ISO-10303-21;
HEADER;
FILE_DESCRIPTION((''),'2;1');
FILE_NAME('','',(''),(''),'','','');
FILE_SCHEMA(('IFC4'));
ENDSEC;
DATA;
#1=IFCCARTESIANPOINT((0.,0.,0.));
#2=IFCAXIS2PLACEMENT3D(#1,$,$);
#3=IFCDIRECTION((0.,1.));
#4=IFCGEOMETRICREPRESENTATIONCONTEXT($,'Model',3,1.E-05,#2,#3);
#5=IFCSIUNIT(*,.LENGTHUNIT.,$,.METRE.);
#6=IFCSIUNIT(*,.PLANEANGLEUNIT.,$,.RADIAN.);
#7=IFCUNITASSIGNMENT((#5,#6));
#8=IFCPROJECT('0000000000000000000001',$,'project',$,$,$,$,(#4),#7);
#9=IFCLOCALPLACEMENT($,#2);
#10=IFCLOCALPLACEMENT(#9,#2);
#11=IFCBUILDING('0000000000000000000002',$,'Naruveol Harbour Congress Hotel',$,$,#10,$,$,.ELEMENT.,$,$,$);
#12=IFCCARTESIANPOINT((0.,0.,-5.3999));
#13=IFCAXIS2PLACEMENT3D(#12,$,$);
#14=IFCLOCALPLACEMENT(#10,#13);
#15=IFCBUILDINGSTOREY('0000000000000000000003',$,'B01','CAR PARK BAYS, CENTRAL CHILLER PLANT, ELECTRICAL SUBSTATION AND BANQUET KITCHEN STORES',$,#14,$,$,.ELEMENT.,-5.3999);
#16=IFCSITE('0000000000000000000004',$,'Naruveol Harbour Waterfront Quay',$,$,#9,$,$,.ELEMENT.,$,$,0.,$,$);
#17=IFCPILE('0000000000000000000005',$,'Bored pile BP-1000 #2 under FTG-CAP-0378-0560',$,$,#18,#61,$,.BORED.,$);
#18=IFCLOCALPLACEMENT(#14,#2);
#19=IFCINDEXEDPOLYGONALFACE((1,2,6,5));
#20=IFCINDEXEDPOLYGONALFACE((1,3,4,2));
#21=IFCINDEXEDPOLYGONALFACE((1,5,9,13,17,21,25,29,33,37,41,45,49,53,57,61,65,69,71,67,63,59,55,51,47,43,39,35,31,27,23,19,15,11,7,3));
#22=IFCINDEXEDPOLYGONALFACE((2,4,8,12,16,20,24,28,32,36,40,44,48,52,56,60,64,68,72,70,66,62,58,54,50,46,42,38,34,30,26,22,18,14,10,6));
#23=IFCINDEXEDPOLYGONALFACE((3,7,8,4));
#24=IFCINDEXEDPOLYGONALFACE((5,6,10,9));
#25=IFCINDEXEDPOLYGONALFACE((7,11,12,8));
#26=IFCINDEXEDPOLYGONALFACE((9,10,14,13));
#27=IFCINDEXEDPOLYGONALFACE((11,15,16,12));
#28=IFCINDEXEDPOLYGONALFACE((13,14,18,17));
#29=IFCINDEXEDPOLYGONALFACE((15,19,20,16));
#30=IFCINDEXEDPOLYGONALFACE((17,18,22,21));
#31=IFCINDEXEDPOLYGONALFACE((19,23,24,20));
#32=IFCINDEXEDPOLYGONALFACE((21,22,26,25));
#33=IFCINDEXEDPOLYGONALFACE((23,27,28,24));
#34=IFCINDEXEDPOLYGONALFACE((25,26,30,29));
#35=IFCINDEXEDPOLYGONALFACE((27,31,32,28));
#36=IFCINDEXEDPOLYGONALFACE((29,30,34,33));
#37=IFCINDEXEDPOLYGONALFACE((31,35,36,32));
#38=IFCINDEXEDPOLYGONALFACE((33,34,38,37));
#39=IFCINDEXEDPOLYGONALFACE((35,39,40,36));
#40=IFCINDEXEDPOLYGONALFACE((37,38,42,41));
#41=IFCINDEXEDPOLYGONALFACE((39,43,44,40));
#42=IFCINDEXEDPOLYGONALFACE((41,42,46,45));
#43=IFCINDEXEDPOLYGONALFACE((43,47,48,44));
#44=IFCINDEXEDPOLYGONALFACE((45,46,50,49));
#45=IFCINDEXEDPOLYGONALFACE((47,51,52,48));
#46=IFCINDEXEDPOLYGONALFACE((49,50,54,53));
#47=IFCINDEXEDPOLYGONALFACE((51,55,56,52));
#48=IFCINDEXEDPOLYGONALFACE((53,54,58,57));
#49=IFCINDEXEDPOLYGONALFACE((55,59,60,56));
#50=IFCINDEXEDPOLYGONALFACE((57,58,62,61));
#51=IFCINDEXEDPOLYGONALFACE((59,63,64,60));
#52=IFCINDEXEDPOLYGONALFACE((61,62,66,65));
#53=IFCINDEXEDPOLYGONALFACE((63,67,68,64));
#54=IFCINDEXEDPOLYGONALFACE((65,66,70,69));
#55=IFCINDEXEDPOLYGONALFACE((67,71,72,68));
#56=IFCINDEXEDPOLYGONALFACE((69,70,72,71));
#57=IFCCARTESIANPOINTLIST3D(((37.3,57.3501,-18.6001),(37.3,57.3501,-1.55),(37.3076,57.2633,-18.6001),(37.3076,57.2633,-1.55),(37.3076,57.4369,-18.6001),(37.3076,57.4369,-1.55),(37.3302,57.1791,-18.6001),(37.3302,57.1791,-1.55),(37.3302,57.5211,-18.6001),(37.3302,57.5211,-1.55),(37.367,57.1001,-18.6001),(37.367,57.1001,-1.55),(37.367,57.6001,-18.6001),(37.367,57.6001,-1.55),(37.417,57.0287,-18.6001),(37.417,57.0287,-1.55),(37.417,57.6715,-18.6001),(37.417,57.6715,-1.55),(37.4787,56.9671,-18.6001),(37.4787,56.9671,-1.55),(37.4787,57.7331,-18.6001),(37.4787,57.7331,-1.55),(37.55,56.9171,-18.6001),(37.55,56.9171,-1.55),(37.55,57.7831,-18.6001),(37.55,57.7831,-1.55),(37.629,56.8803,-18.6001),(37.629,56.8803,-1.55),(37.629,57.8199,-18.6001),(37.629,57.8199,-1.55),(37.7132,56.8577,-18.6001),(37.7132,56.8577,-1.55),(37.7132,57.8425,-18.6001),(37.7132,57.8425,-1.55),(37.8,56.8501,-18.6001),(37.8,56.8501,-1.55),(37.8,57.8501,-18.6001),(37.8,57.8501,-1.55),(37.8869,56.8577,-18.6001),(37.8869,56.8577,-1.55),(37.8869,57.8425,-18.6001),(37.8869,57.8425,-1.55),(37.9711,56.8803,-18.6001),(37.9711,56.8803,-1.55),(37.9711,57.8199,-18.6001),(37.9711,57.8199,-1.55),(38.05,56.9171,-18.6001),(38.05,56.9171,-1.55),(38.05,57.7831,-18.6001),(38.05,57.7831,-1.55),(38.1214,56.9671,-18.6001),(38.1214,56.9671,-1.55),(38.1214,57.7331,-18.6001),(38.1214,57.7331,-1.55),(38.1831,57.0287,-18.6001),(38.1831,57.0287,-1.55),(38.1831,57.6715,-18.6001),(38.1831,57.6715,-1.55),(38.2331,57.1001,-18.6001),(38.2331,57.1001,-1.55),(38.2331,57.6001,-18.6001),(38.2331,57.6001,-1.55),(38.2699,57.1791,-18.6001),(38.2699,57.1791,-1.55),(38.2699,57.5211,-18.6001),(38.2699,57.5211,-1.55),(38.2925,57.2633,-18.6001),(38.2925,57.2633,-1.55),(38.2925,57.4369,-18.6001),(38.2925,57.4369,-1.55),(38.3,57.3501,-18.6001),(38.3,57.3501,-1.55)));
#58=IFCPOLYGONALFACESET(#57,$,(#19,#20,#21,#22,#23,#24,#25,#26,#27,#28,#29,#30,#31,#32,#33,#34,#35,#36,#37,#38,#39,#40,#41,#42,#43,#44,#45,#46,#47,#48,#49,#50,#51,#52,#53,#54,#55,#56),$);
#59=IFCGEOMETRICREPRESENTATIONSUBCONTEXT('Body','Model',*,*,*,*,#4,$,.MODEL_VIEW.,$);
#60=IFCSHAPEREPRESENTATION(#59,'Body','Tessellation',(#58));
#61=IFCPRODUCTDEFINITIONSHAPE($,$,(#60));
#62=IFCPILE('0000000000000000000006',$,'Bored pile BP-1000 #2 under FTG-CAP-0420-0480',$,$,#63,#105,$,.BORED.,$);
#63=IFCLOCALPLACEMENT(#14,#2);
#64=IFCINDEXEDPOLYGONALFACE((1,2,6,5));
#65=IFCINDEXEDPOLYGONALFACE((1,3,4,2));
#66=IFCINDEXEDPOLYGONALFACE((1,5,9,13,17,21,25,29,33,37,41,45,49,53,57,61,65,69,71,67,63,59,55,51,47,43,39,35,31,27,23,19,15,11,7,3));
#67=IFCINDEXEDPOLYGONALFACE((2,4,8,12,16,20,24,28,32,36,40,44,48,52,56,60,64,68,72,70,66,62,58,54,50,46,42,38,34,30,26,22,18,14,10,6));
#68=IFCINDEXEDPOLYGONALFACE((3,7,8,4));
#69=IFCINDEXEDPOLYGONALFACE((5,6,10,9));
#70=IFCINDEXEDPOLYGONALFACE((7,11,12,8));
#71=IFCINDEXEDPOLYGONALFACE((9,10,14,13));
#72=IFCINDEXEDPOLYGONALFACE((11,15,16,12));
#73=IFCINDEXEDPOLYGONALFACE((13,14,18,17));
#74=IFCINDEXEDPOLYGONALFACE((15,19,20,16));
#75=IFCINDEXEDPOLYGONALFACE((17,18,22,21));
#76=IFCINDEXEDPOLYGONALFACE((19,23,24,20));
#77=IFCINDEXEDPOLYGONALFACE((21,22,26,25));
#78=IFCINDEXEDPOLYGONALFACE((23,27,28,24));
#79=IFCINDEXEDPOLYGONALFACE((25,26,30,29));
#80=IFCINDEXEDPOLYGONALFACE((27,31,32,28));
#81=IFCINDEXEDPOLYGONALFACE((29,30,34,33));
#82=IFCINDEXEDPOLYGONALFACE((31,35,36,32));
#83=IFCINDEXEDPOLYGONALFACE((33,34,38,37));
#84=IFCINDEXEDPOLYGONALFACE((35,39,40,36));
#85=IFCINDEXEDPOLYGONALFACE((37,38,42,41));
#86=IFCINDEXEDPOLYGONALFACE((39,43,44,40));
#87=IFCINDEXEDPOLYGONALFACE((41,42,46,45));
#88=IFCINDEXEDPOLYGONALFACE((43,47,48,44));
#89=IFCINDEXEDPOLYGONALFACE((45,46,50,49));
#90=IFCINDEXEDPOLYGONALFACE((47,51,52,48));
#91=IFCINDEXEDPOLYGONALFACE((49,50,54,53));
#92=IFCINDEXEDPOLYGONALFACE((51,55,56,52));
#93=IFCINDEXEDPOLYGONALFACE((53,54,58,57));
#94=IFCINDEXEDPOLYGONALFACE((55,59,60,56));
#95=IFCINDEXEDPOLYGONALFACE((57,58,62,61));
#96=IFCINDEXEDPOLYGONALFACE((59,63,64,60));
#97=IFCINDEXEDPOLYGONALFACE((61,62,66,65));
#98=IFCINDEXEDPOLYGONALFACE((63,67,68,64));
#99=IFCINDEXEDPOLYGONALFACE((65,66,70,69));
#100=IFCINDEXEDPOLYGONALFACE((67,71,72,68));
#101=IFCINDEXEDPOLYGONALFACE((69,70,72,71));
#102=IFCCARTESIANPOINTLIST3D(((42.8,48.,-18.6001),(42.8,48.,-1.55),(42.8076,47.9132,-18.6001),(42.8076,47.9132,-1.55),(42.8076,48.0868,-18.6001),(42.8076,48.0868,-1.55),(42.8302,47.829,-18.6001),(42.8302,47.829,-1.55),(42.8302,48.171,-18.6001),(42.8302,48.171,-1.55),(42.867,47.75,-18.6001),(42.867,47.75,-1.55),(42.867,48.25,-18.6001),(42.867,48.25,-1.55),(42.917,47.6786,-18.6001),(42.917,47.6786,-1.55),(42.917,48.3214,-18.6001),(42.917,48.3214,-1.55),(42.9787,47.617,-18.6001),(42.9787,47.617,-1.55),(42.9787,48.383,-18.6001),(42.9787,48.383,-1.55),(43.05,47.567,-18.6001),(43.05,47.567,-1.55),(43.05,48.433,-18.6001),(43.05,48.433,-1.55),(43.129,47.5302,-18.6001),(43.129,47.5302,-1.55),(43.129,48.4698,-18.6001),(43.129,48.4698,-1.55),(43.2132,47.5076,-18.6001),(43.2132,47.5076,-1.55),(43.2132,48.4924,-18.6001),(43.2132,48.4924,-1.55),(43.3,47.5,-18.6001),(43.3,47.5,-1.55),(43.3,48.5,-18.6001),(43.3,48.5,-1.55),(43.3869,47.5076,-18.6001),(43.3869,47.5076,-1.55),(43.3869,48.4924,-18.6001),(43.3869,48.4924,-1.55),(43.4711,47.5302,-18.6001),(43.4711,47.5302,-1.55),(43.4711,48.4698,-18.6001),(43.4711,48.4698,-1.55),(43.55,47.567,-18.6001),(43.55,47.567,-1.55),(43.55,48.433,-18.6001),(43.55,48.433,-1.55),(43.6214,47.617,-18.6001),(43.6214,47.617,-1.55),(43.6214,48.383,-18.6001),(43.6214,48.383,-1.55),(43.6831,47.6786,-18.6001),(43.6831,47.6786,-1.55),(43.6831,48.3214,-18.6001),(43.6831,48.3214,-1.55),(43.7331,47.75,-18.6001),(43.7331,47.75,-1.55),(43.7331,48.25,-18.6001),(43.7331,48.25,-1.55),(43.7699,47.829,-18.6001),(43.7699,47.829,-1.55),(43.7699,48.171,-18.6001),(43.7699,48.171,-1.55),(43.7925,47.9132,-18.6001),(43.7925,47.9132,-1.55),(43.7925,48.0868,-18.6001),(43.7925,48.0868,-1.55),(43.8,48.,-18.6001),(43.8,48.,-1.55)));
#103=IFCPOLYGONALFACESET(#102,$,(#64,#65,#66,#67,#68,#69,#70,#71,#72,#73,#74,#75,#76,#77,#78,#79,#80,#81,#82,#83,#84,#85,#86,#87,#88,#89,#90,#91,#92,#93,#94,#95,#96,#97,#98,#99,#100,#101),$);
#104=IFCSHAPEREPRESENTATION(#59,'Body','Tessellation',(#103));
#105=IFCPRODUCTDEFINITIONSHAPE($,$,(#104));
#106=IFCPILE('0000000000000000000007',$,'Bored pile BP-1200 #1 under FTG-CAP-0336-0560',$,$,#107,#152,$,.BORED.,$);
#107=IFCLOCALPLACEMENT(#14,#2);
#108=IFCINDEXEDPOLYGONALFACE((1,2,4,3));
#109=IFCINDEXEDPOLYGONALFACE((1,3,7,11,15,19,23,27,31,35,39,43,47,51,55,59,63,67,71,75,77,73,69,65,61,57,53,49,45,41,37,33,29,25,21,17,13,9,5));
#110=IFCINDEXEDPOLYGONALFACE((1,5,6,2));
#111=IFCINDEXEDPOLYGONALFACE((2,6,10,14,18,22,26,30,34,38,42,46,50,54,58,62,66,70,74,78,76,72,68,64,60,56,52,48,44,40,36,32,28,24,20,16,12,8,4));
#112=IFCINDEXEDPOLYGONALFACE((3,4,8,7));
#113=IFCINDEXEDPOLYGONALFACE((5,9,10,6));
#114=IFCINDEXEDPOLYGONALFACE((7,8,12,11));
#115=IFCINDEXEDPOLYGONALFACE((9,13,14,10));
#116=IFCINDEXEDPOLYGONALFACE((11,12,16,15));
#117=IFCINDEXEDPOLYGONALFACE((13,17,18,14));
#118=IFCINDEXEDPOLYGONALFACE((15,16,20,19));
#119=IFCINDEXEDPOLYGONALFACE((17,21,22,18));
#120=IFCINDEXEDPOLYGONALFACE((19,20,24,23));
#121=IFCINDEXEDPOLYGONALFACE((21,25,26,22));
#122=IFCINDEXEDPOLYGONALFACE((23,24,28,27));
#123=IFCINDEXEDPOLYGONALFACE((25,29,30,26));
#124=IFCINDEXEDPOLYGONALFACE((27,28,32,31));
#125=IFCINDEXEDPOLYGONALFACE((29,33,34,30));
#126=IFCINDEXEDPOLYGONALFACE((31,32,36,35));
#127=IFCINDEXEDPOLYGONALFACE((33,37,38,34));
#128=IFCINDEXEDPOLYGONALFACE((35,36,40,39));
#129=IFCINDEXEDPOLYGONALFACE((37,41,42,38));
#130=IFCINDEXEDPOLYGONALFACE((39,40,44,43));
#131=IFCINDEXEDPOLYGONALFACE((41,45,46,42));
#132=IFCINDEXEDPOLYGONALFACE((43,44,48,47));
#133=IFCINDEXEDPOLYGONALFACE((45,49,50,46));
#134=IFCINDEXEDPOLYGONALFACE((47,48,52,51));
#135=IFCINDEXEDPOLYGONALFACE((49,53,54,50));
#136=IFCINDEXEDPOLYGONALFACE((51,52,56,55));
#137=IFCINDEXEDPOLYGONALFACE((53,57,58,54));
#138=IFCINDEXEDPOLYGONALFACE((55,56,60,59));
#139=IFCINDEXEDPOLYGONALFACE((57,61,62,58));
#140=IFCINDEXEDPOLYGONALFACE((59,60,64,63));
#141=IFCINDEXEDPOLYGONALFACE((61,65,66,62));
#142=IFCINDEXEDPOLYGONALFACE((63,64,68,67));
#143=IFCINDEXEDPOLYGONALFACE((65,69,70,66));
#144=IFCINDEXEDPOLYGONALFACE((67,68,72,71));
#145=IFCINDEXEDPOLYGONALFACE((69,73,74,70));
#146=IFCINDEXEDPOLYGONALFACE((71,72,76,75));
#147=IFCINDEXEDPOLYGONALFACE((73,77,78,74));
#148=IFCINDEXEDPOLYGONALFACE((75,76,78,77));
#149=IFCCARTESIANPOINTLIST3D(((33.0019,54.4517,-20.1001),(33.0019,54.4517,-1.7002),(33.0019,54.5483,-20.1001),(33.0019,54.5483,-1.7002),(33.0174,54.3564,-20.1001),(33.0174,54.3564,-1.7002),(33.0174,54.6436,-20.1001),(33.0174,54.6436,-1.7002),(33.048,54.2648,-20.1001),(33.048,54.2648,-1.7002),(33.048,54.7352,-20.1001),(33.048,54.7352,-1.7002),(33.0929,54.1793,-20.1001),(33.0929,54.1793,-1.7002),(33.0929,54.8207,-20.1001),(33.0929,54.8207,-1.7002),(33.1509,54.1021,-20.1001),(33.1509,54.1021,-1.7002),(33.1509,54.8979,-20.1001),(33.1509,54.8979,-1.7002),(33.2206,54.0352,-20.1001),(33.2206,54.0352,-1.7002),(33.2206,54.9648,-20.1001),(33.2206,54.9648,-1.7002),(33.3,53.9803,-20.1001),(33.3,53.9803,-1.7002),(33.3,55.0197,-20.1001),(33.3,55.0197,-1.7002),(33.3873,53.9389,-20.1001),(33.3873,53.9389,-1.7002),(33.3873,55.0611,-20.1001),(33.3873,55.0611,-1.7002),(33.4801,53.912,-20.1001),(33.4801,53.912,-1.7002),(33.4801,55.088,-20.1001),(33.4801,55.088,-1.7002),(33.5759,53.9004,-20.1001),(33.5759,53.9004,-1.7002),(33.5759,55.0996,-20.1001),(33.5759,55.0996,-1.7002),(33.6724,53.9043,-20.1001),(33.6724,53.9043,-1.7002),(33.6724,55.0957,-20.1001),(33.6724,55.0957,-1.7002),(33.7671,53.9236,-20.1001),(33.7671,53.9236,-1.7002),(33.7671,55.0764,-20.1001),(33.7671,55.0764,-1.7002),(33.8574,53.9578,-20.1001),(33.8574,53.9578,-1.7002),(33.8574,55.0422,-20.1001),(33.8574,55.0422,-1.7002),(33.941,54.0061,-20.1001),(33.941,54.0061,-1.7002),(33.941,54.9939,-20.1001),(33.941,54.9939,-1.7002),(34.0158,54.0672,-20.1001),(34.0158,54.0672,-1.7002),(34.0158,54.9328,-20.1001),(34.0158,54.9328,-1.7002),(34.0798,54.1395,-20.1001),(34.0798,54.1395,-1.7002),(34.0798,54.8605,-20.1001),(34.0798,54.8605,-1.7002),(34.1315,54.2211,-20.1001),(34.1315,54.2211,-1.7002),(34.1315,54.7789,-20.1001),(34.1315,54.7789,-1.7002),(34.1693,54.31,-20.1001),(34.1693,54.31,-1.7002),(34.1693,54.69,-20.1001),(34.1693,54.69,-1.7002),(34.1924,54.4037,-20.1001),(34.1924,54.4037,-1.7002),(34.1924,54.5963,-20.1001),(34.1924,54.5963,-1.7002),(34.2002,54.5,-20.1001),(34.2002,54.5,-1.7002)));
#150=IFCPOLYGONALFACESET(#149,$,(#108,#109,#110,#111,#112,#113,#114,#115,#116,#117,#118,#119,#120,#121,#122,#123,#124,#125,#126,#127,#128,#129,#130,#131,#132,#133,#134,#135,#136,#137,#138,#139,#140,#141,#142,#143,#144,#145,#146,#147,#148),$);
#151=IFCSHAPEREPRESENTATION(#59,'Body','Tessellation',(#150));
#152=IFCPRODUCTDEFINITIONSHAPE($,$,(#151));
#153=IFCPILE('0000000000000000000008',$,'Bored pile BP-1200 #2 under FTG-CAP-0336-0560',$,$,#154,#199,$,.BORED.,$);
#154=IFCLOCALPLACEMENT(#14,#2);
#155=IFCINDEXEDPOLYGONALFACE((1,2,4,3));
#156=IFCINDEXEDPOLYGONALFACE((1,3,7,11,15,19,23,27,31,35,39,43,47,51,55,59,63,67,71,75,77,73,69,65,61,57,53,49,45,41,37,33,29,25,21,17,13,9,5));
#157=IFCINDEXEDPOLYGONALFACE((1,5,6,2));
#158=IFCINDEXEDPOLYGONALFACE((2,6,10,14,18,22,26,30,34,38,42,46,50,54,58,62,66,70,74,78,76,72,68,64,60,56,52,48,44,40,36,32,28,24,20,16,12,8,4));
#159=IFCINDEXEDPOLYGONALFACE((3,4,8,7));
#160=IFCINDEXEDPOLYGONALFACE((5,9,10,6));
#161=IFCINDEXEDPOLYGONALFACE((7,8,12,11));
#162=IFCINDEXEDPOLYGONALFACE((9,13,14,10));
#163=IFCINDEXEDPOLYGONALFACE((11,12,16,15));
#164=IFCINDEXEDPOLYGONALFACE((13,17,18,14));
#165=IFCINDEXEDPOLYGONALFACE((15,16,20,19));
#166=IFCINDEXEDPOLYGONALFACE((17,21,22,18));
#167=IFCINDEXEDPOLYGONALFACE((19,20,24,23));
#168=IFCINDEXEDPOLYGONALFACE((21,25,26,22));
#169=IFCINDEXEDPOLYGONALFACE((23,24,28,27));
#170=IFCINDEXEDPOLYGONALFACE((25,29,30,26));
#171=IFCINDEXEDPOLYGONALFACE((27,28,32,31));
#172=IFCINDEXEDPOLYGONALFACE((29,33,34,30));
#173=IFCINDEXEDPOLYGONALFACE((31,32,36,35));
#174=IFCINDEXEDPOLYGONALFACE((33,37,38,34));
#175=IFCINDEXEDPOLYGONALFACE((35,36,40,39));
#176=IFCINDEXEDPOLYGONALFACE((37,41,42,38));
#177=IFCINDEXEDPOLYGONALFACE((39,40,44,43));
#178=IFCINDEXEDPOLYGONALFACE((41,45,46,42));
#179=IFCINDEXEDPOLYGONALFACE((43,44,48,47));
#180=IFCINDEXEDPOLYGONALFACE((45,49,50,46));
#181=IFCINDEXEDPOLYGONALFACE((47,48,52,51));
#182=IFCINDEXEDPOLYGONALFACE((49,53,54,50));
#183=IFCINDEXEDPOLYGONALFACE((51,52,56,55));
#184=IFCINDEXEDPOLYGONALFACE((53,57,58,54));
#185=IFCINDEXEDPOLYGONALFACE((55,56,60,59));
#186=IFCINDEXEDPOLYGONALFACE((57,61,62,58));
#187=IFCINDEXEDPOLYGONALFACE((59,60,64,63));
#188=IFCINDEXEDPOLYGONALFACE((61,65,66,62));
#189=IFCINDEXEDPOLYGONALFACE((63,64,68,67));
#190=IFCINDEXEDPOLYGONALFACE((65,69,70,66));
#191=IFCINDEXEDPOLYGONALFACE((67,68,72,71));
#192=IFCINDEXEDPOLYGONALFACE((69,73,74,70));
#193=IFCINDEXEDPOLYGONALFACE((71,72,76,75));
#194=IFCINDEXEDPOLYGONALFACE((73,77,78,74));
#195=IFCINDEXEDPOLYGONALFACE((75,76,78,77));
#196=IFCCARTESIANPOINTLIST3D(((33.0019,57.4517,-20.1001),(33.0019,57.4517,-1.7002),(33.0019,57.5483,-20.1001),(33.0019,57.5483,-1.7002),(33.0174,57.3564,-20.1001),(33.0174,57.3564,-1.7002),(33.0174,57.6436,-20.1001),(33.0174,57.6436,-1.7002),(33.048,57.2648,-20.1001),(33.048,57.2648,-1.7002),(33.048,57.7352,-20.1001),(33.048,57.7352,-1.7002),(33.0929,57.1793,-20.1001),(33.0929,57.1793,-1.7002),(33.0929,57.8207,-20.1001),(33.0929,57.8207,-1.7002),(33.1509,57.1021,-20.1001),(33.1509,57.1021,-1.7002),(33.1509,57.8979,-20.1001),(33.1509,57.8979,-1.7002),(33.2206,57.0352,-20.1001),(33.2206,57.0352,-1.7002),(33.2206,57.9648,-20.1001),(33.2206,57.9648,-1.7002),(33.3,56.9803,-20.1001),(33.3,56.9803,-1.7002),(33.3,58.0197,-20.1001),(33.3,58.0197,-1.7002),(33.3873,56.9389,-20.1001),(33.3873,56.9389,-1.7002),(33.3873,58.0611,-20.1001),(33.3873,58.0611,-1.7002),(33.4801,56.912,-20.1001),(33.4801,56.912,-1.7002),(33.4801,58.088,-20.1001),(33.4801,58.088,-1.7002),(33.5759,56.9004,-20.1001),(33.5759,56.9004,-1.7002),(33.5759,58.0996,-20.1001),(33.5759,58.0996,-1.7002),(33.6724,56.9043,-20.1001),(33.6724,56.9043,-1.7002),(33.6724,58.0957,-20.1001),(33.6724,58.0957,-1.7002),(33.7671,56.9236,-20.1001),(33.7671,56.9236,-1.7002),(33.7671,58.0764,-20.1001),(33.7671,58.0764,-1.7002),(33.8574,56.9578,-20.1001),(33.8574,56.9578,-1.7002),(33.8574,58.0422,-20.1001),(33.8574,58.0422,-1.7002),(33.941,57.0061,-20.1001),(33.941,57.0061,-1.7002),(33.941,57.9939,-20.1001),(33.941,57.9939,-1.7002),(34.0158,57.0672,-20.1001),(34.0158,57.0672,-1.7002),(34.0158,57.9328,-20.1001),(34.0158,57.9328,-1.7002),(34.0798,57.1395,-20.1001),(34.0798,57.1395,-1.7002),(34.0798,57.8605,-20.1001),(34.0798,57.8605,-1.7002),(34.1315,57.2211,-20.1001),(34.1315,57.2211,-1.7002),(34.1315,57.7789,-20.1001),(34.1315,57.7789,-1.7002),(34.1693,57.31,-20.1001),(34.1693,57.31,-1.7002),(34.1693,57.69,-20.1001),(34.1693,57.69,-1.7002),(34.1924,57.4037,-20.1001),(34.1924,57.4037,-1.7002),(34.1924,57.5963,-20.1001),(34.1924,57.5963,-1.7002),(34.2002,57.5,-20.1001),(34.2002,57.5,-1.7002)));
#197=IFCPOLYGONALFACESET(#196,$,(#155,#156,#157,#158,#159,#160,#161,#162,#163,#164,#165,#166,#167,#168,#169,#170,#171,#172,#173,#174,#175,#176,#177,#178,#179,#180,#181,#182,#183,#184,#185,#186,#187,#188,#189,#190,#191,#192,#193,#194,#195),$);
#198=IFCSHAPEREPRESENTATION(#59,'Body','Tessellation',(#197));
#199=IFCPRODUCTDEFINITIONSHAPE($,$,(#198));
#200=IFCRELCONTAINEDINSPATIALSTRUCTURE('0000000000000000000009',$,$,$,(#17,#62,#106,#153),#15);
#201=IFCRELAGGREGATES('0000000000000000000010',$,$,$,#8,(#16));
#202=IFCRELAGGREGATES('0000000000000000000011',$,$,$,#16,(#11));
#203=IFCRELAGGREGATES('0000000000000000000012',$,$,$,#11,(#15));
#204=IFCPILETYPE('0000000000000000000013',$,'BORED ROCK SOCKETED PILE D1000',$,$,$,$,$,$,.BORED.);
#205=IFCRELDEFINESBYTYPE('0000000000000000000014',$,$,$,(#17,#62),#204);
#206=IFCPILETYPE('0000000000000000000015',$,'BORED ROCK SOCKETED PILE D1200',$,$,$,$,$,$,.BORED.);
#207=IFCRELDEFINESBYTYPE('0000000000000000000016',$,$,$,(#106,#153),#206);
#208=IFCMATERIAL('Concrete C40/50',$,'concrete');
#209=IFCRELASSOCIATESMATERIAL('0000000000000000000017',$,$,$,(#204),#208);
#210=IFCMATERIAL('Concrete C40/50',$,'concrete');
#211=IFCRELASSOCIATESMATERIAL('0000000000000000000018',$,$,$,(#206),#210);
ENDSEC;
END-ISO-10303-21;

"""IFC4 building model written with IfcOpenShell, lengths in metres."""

from ifc_helpers import new_model, si_unit, direction, frame, origin, origin_2d, place, context, subcontext, project, spatial, circle, extrude, material, material_profile, profile_set, type_object, element, save


model = new_model("IFC4")

# Units and contexts
model_context = context("Model", 3, precision=1e-05, world=origin(), true_north=direction((0.0, 1.0)))
body_context = subcontext(model_context, "Body", "Model", "MODEL_VIEW")
ifc_project = project(units=[si_unit("LENGTHUNIT", "METRE"), si_unit("PLANEANGLEUNIT", "RADIAN")], contexts=[model_context])

# Site, building, storey
site_placement = place(None, origin())
site = spatial("IfcSite", under=ifc_project, at=site_placement, Name="Naruveol Harbour Waterfront Quay", CompositionType="ELEMENT", RefElevation=0.0)
building_placement = place(site_placement, origin())
building = spatial("IfcBuilding", under=site, at=building_placement, Name="Naruveol Harbour Congress Hotel", CompositionType="ELEMENT")
storey_placement = place(building_placement, frame((0.0, 0.0, -5.3999)))
storey = spatial("IfcBuildingStorey", under=building, at=storey_placement, Name="B01", Description="CAR PARK BAYS, CENTRAL CHILLER PLANT, ELECTRICAL SUBSTATION AND BANQUET KITCHEN STORES", CompositionType="ELEMENT", Elevation=-5.3999)

# Piles
ifc_material_1 = material(Name="Concrete C40/50", Category="concrete")
ifc_material_profile_1 = material_profile(ifc_material_1, circle(Radius=0.5, at=origin_2d()), Name="BP-1000")
ifc_profile_set_1 = profile_set([ifc_material_profile_1], Name="Concrete C40/50")
pile_type_1 = type_object("IfcPileType", Name="BORED ROCK SOCKETED PILE D1000", PredefinedType="BORED", material=ifc_profile_set_1)
for number, where, z_axis, x_axis, name in (
    (1, (37.8, 57.3501, -1.55), (0.0, 0.0, -1.0), (1.0, 0.0, 0.0), "Bored pile BP-1000 #2 under FTG-CAP-0378-0560"),
    (2, (43.3, 48.0, -1.55), (0.0, 0.0, -1.0), (1.0, 0.0, 0.0), "Bored pile BP-1000 #2 under FTG-CAP-0420-0480"),
):
    element("IfcPile", number, at=place(storey_placement, frame(where, z_axis=z_axis, x_axis=x_axis)), inside=storey, type_object=pile_type_1, Name=name, PredefinedType="BORED", context=body_context, shape_type="SweptSolid", body=[
        extrude(circle(Radius=0.5, at=origin_2d()), origin(), (0.0, 0.0, 1.0), 17.05),
    ])
ifc_material_2 = material(Name="Concrete C40/50", Category="concrete")
ifc_material_profile_2 = material_profile(ifc_material_2, circle(Radius=0.6001, at=origin_2d()), Name="BP-1200")
ifc_profile_set_2 = profile_set([ifc_material_profile_2], Name="Concrete C40/50")
pile_type_2 = type_object("IfcPileType", Name="BORED ROCK SOCKETED PILE D1200", PredefinedType="BORED", material=ifc_profile_set_2)
for number, where, z_axis, x_axis, name in (
    (3, (33.6001, 54.5, -1.7002), (0.0, 0.0, -1.0), (1.0, 0.0, 0.0), "Bored pile BP-1200 #1 under FTG-CAP-0336-0560"),
    (4, (33.6001, 57.5, -1.7002), (0.0, 0.0, -1.0), (1.0, 0.0, 0.0), "Bored pile BP-1200 #2 under FTG-CAP-0336-0560"),
):
    element("IfcPile", number, at=place(storey_placement, frame(where, z_axis=z_axis, x_axis=x_axis)), inside=storey, type_object=pile_type_2, Name=name, PredefinedType="BORED", context=body_context, shape_type="SweptSolid", body=[
        extrude(circle(Radius=0.6001, at=origin_2d()), origin(), (0.0, 0.0, 1.0), 18.3999),
    ])

save(model, "model.ifc")
